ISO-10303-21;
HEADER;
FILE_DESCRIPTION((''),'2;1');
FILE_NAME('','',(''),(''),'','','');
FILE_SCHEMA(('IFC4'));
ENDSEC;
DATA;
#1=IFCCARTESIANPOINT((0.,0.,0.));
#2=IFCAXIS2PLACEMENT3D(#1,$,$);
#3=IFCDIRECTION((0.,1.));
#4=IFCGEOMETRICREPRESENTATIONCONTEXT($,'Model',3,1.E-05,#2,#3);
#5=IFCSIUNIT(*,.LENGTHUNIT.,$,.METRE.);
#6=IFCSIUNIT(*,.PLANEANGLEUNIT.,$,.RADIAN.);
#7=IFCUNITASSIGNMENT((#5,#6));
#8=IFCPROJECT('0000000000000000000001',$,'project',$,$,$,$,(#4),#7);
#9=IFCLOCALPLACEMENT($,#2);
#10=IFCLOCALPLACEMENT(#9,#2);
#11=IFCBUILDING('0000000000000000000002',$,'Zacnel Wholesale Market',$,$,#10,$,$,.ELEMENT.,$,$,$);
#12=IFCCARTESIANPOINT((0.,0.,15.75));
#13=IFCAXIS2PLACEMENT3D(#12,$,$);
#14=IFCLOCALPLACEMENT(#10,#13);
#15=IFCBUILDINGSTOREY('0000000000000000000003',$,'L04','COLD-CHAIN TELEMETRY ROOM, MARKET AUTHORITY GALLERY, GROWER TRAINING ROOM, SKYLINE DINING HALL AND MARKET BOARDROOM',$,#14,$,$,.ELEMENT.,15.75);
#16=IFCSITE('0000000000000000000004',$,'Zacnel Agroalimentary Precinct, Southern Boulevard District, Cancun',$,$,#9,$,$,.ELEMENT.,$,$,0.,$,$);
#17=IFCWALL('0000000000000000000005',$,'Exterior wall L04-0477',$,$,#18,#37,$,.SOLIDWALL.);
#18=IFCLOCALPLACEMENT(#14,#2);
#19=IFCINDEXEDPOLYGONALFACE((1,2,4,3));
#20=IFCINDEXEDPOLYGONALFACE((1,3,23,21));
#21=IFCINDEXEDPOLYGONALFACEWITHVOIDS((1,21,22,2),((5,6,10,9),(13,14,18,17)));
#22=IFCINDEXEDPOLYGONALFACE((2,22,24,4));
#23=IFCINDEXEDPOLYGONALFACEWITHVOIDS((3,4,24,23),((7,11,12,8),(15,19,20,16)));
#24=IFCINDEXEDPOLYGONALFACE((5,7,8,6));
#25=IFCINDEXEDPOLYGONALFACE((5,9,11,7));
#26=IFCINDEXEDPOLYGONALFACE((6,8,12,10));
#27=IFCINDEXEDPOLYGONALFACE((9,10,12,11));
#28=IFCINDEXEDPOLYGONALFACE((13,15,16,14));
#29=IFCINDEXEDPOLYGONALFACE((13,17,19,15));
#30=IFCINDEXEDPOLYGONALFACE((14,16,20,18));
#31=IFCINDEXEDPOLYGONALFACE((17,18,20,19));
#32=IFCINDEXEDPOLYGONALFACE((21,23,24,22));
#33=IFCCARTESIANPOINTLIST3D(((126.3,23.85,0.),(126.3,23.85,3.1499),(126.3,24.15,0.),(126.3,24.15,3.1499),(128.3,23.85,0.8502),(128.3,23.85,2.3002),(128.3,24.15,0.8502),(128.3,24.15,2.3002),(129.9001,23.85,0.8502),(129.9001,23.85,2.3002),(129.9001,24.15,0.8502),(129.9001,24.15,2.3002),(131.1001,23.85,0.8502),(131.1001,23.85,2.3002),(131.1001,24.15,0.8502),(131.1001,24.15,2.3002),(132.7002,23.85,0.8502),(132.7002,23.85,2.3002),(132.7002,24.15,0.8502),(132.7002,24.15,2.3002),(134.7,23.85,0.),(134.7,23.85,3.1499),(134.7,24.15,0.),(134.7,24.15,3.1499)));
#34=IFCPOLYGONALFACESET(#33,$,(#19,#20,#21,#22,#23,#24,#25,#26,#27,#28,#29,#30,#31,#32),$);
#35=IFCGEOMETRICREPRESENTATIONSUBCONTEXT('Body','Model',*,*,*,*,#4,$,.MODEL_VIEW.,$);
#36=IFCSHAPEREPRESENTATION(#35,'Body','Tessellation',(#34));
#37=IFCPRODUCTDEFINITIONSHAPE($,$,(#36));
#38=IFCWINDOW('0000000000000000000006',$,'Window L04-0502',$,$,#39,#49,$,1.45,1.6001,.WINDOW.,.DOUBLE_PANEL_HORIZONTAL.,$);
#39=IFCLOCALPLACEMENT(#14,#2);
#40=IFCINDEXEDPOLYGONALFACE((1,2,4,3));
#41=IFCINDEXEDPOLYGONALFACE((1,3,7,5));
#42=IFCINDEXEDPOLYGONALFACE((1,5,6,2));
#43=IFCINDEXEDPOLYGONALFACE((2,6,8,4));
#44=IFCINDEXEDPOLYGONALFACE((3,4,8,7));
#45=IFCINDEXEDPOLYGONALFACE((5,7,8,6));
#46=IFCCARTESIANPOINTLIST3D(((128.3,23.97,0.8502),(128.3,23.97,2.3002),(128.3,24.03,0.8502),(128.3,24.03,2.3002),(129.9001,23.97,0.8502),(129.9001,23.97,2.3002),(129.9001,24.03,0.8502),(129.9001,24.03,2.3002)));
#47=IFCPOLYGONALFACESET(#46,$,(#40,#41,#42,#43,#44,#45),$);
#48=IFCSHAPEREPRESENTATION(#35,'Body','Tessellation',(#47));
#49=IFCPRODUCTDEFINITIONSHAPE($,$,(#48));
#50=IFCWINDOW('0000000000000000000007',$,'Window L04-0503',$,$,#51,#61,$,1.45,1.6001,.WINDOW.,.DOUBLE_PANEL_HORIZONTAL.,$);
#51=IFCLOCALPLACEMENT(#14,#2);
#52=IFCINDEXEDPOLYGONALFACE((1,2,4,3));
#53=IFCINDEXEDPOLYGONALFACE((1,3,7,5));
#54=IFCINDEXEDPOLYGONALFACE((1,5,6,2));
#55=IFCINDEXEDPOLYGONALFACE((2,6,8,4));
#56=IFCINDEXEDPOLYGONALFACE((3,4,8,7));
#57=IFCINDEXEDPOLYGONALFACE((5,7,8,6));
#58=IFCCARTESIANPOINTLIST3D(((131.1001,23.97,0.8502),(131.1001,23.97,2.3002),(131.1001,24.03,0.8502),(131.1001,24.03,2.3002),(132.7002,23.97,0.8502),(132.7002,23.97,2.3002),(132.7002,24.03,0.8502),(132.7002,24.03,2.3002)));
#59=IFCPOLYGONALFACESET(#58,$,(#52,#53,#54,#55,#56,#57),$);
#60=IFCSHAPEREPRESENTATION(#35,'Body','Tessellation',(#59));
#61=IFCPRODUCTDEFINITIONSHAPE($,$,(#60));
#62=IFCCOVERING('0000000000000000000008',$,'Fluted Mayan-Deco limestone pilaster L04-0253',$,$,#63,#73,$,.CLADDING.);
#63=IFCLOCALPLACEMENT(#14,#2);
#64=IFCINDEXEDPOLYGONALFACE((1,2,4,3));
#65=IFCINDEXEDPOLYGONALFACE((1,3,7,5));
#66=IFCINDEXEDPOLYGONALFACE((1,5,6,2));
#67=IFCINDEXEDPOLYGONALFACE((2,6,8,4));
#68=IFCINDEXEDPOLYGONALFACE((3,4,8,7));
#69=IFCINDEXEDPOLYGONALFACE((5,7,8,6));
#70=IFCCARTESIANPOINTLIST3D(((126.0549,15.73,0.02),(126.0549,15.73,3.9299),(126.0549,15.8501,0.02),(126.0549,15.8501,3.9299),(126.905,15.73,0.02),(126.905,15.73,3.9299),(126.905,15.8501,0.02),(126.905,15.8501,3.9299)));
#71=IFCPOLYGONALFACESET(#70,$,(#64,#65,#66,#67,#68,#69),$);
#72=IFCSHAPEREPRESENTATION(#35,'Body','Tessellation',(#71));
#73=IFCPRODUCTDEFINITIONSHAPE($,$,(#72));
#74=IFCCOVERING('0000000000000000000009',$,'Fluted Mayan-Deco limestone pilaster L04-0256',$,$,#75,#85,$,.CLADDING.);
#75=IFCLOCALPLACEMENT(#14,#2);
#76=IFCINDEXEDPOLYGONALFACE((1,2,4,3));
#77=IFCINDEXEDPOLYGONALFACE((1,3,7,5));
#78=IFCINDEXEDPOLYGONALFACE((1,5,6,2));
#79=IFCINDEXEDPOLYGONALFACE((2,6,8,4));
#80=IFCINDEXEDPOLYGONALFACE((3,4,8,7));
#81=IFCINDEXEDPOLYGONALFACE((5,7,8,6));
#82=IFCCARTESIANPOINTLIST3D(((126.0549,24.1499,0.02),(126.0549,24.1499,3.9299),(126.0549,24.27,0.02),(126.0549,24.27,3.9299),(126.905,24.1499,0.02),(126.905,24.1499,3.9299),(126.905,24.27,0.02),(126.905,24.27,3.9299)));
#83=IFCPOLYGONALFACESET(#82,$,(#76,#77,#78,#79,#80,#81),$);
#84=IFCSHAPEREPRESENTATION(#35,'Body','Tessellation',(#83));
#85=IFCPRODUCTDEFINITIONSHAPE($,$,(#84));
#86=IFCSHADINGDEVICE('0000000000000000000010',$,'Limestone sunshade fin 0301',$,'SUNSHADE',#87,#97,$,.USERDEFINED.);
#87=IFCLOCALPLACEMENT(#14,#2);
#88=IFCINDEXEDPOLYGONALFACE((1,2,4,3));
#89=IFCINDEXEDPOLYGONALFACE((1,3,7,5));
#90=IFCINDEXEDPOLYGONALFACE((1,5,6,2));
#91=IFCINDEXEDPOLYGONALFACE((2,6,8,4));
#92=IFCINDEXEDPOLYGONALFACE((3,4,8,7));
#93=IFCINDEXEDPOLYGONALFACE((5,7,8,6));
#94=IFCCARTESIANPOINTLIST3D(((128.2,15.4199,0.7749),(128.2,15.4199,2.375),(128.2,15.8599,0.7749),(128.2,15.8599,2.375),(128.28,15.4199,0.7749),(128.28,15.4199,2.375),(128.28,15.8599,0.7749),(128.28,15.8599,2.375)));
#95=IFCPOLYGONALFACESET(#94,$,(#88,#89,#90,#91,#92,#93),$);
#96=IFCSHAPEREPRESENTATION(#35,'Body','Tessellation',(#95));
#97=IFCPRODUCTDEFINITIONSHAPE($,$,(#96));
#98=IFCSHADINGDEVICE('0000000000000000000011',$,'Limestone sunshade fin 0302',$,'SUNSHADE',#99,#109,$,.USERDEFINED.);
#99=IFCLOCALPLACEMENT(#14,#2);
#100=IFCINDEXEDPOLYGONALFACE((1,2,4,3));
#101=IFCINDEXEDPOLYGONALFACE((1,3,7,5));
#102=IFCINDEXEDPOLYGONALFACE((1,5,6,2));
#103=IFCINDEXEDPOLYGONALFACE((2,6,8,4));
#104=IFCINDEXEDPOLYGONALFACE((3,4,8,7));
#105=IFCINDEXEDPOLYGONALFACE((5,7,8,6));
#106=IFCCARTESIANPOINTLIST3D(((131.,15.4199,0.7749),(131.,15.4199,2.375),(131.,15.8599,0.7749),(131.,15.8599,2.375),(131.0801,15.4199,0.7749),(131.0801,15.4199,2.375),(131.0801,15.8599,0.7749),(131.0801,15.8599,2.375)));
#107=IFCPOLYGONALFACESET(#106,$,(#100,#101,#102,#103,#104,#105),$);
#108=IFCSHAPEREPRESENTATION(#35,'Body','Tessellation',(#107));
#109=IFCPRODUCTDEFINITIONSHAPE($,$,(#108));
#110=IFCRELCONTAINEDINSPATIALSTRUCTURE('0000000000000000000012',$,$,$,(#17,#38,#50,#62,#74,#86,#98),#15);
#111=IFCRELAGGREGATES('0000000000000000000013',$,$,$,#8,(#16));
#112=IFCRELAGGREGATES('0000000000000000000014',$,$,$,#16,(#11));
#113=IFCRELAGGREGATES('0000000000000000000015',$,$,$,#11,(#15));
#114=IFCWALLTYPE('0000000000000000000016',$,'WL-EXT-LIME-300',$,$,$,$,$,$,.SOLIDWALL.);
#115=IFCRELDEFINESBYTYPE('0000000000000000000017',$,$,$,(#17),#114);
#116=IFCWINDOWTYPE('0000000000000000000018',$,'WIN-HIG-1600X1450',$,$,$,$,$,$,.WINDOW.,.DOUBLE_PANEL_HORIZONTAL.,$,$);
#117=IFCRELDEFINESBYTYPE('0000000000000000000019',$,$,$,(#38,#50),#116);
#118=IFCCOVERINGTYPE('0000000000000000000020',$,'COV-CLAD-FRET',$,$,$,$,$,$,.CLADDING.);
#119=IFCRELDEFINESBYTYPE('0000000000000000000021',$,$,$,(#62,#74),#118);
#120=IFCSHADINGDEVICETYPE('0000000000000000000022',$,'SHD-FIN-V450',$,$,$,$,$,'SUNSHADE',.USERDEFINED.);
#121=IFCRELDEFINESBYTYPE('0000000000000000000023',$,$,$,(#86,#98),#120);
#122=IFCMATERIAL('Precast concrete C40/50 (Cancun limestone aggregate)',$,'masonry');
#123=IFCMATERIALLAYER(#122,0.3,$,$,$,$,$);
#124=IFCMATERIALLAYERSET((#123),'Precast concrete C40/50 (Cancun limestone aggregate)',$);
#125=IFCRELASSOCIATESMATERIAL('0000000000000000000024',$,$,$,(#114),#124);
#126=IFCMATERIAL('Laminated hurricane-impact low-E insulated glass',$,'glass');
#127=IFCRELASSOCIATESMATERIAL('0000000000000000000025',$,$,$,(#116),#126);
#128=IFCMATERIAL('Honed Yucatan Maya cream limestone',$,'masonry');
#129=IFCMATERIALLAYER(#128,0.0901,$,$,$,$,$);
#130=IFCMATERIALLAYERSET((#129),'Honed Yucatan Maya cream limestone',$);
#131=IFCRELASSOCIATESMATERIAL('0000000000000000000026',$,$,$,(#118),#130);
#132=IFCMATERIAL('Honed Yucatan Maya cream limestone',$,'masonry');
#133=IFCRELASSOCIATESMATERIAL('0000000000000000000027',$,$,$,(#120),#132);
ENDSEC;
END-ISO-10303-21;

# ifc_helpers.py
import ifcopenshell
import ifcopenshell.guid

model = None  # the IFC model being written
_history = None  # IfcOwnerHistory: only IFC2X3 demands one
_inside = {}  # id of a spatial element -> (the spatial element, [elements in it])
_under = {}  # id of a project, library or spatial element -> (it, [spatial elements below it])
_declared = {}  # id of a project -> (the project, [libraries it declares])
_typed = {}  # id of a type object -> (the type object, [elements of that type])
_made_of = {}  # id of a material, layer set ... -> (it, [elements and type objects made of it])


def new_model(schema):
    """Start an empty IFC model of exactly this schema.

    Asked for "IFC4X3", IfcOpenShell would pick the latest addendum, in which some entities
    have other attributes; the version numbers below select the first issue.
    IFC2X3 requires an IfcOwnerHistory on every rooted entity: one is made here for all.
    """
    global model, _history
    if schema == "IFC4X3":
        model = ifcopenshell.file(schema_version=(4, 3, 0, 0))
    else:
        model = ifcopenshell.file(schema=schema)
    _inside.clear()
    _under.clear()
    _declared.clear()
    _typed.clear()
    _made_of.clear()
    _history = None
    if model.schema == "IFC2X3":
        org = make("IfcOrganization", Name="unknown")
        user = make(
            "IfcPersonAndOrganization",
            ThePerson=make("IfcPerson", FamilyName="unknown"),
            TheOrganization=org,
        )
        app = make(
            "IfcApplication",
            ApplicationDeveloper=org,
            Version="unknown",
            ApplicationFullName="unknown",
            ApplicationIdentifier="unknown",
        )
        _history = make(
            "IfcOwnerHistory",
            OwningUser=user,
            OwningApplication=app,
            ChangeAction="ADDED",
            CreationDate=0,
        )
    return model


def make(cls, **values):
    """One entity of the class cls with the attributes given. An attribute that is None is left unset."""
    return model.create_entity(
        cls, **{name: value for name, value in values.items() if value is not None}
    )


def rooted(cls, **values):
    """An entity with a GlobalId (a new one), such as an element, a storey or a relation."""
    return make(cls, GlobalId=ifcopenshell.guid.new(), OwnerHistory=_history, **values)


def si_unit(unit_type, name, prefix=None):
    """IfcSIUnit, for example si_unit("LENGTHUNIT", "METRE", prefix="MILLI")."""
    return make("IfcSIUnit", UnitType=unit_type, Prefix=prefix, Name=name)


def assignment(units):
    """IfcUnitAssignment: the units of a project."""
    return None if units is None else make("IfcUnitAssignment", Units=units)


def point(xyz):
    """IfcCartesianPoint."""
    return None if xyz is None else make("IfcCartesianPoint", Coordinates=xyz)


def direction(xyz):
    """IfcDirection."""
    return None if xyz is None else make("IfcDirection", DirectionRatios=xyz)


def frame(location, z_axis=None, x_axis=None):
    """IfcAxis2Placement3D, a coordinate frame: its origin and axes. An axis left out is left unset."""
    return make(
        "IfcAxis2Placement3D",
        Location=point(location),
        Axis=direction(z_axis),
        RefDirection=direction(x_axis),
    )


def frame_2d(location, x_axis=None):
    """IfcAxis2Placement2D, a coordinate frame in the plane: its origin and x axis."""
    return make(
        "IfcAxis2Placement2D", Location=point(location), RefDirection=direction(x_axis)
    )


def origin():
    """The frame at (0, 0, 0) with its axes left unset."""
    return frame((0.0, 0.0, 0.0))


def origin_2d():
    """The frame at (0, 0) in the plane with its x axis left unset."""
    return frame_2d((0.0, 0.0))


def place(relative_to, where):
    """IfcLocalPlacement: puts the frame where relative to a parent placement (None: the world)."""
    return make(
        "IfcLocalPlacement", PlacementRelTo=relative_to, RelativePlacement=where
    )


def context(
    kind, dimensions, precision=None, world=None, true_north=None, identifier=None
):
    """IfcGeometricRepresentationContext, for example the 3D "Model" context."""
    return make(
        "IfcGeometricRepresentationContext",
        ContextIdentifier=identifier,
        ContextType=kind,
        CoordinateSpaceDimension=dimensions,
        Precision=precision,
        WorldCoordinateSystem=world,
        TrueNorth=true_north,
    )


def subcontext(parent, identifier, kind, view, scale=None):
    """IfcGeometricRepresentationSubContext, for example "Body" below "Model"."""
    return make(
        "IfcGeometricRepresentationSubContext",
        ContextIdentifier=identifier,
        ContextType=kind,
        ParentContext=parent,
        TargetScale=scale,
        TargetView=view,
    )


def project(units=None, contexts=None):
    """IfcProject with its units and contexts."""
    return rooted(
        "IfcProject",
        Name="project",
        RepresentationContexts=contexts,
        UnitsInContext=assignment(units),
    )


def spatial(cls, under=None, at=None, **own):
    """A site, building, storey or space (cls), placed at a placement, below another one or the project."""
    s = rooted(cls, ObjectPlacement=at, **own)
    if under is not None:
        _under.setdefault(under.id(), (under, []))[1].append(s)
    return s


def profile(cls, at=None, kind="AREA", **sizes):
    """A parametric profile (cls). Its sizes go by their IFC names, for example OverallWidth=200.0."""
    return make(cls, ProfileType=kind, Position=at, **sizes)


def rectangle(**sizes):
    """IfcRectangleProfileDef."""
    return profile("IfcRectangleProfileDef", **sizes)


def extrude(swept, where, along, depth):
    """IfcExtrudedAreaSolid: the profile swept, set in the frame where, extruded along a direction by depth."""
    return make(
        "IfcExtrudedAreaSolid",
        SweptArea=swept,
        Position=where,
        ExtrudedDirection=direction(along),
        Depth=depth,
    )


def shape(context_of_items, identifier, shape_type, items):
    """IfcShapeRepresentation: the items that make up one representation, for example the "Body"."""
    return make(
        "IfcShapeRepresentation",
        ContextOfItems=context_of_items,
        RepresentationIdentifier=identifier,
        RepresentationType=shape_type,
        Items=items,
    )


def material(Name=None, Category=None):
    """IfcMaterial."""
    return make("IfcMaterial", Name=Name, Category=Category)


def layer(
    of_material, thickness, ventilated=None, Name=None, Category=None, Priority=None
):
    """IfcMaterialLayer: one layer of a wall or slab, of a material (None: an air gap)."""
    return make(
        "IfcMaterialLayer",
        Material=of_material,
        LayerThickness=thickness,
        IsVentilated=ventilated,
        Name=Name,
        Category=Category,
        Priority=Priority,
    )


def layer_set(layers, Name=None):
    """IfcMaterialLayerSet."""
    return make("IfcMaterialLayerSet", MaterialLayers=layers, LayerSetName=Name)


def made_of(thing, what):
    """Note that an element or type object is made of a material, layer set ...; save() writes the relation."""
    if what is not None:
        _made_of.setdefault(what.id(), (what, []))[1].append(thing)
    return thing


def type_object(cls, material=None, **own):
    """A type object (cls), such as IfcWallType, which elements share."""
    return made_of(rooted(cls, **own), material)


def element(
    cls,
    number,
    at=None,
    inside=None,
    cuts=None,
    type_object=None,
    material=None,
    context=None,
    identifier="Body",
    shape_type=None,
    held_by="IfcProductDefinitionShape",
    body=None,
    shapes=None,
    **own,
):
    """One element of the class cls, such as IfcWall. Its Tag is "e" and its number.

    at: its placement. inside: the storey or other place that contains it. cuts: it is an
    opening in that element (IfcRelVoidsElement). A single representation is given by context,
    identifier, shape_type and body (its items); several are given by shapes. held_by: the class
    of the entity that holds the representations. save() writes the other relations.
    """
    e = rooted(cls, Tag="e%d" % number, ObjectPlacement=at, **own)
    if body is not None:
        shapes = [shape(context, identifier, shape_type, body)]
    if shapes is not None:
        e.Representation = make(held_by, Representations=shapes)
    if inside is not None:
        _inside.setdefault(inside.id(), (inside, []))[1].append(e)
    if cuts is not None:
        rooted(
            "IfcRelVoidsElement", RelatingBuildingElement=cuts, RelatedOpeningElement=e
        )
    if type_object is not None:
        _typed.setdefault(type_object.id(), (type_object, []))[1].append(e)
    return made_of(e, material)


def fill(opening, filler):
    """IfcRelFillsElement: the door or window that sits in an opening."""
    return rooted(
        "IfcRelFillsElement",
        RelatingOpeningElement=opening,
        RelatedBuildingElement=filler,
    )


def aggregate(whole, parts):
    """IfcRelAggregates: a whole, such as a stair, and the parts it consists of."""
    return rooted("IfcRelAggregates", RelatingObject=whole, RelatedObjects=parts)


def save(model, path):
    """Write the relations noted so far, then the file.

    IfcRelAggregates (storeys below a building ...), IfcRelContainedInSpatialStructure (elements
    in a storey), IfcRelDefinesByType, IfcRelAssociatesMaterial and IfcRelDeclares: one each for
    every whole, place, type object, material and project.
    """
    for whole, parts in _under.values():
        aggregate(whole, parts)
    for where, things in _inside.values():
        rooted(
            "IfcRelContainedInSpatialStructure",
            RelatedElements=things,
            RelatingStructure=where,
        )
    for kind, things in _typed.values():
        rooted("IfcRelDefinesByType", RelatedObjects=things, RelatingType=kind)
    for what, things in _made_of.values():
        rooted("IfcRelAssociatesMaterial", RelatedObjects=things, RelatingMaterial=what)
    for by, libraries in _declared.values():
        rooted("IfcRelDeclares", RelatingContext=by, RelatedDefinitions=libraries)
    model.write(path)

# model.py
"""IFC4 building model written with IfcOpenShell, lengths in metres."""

from ifc_helpers import new_model, si_unit, direction, frame, frame_2d, origin, origin_2d, place, context, subcontext, project, spatial, rectangle, extrude, material, layer, layer_set, type_object, element, fill, save


model = new_model("IFC4")

# Units and contexts
model_context = context("Model", 3, precision=1e-05, world=origin(), true_north=direction((0.0, 1.0)))
body_context = subcontext(model_context, "Body", "Model", "MODEL_VIEW")
ifc_project = project(units=[si_unit("LENGTHUNIT", "METRE"), si_unit("PLANEANGLEUNIT", "RADIAN")], contexts=[model_context])

# Site, building, storey
site_placement = place(None, origin())
site = spatial("IfcSite", under=ifc_project, at=site_placement, Name="Zacnel Agroalimentary Precinct, Southern Boulevard District, Cancun", CompositionType="ELEMENT", RefElevation=0.0)
building_placement = place(site_placement, origin())
building = spatial("IfcBuilding", under=site, at=building_placement, Name="Zacnel Wholesale Market", CompositionType="ELEMENT")
storey_placement = place(building_placement, frame((0.0, 0.0, 15.75)))
storey = spatial("IfcBuildingStorey", under=building, at=storey_placement, Name="L04", Description="COLD-CHAIN TELEMETRY ROOM, MARKET AUTHORITY GALLERY, GROWER TRAINING ROOM, SKYLINE DINING HALL AND MARKET BOARDROOM", CompositionType="ELEMENT", Elevation=15.75)

# Wall, openings, windows
ifc_material_1 = material(Name="Precast concrete C40/50 (Cancun limestone aggregate)", Category="masonry")
ifc_layer_1 = layer(ifc_material_1, 0.3)
ifc_layer_set_1 = layer_set([ifc_layer_1], Name="Precast concrete C40/50 (Cancun limestone aggregate)")
wall_type = type_object("IfcWallType", Name="WL-EXT-LIME-300", PredefinedType="SOLIDWALL", material=ifc_layer_set_1)
ifc_material_2 = material(Name="Laminated hurricane-impact low-E insulated glass", Category="glass")
window_type = type_object("IfcWindowType", Name="WIN-HIG-1600X1450", PartitioningType="DOUBLE_PANEL_HORIZONTAL", PredefinedType="WINDOW", material=ifc_material_2)
wall_1_placement = place(storey_placement, frame((126.3, 24.0, 0.0), z_axis=(0.0, 0.0, 1.0), x_axis=(1.0, 0.0, 0.0)))
wall_1 = element("IfcWall", 1, at=wall_1_placement, inside=storey, type_object=wall_type, Name="Exterior wall L04-0477", PredefinedType="SOLIDWALL", context=body_context, shape_type="SweptSolid", body=[
    extrude(rectangle(XDim=8.3999, YDim=0.3, at=frame_2d((4.2, 0.0))), origin(), (0.0, 0.0, 1.0), 3.1499),
])
opening_1_placement = place(wall_1_placement, frame((2.0, 0.0, 0.8501)))
opening_1 = element("IfcOpeningElement", 2, at=opening_1_placement, cuts=wall_1, PredefinedType="OPENING", context=body_context, shape_type="SweptSolid", body=[
    extrude(rectangle(XDim=1.6001, YDim=1.45, at=frame_2d((0.8, 0.7251))), frame((0.0, 0.1599, 0.0), z_axis=(0.0, -1.0, 0.0), x_axis=(1.0, 0.0, 0.0)), (0.0, 0.0, 1.0), 0.3201),
])
opening_2_placement = place(wall_1_placement, frame((4.8, 0.0, 0.8501)))
opening_2 = element("IfcOpeningElement", 3, at=opening_2_placement, cuts=wall_1, PredefinedType="OPENING", context=body_context, shape_type="SweptSolid", body=[
    extrude(rectangle(XDim=1.6001, YDim=1.45, at=frame_2d((0.8, 0.7251))), frame((0.0, 0.1599, 0.0), z_axis=(0.0, -1.0, 0.0), x_axis=(1.0, 0.0, 0.0)), (0.0, 0.0, 1.0), 0.3201),
])
window_1_placement = place(opening_1_placement, origin())
window_1 = element("IfcWindow", 4, at=window_1_placement, inside=storey, type_object=window_type, Name="Window L04-0502", OverallHeight=1.45, OverallWidth=1.6001, PartitioningType="DOUBLE_PANEL_HORIZONTAL", PredefinedType="WINDOW", context=body_context, shape_type="SweptSolid", body=[
    extrude(rectangle(XDim=1.6001, YDim=1.45, at=frame_2d((0.8, 0.7251))), frame((0.0, 0.03, 0.0), z_axis=(0.0, -1.0, 0.0), x_axis=(1.0, 0.0, 0.0)), (0.0, 0.0, 1.0), 0.0601),
])
fill(opening_1, window_1)
window_2_placement = place(opening_2_placement, origin())
window_2 = element("IfcWindow", 5, at=window_2_placement, inside=storey, type_object=window_type, Name="Window L04-0503", OverallHeight=1.45, OverallWidth=1.6001, PartitioningType="DOUBLE_PANEL_HORIZONTAL", PredefinedType="WINDOW", context=body_context, shape_type="SweptSolid", body=[
    extrude(rectangle(XDim=1.6001, YDim=1.45, at=frame_2d((0.8, 0.7251))), frame((0.0, 0.03, 0.0), z_axis=(0.0, -1.0, 0.0), x_axis=(1.0, 0.0, 0.0)), (0.0, 0.0, 1.0), 0.0601),
])
fill(opening_2, window_2)

# Coverings
ifc_material_3 = material(Name="Honed Yucatan Maya cream limestone", Category="masonry")
ifc_layer_2 = layer(ifc_material_3, 0.0901)
ifc_layer_set_2 = layer_set([ifc_layer_2], Name="Honed Yucatan Maya cream limestone")
covering_type = type_object("IfcCoveringType", Name="COV-CLAD-FRET", PredefinedType="CLADDING", material=ifc_layer_set_2)
for number, where, z_axis, x_axis, name in (
    (6, (126.48, 15.79, 0.02), (0.0, 0.0, 1.0), (1.0, 0.0, 0.0), "Fluted Mayan-Deco limestone pilaster L04-0253"),
    (7, (126.48, 24.21, 0.02), (0.0, 0.0, 1.0), (1.0, 0.0, 0.0), "Fluted Mayan-Deco limestone pilaster L04-0256"),
):
    element("IfcCovering", number, at=place(storey_placement, frame(where, z_axis=z_axis, x_axis=x_axis)), inside=storey, type_object=covering_type, Name=name, PredefinedType="CLADDING", context=body_context, shape_type="SweptSolid", body=[
        extrude(rectangle(XDim=0.8501, YDim=0.1201, at=origin_2d()), origin(), (0.0, 0.0, 1.0), 3.9099),
    ])

# Shading devices
ifc_material_4 = material(Name="Honed Yucatan Maya cream limestone", Category="masonry")
shading_device_type = type_object("IfcShadingDeviceType", Name="SHD-FIN-V450", ElementType="SUNSHADE", PredefinedType="USERDEFINED", material=ifc_material_4)
for number, where, z_axis, x_axis, name in (
    (8, (128.24, 15.6399, 0.7749), (0.0, 0.0, 1.0), (1.0, 0.0, 0.0), "Limestone sunshade fin 0301"),
    (9, (131.04, 15.6399, 0.7749), (0.0, 0.0, 1.0), (1.0, 0.0, 0.0), "Limestone sunshade fin 0302"),
):
    element("IfcShadingDevice", number, at=place(storey_placement, frame(where, z_axis=z_axis, x_axis=x_axis)), inside=storey, type_object=shading_device_type, Name=name, ObjectType="SUNSHADE", PredefinedType="USERDEFINED", context=body_context, shape_type="SweptSolid", body=[
        extrude(rectangle(XDim=0.0801, YDim=0.4399, at=origin_2d()), origin(), (0.0, 0.0, 1.0), 1.6001),
    ])

save(model, "model.ifc")
